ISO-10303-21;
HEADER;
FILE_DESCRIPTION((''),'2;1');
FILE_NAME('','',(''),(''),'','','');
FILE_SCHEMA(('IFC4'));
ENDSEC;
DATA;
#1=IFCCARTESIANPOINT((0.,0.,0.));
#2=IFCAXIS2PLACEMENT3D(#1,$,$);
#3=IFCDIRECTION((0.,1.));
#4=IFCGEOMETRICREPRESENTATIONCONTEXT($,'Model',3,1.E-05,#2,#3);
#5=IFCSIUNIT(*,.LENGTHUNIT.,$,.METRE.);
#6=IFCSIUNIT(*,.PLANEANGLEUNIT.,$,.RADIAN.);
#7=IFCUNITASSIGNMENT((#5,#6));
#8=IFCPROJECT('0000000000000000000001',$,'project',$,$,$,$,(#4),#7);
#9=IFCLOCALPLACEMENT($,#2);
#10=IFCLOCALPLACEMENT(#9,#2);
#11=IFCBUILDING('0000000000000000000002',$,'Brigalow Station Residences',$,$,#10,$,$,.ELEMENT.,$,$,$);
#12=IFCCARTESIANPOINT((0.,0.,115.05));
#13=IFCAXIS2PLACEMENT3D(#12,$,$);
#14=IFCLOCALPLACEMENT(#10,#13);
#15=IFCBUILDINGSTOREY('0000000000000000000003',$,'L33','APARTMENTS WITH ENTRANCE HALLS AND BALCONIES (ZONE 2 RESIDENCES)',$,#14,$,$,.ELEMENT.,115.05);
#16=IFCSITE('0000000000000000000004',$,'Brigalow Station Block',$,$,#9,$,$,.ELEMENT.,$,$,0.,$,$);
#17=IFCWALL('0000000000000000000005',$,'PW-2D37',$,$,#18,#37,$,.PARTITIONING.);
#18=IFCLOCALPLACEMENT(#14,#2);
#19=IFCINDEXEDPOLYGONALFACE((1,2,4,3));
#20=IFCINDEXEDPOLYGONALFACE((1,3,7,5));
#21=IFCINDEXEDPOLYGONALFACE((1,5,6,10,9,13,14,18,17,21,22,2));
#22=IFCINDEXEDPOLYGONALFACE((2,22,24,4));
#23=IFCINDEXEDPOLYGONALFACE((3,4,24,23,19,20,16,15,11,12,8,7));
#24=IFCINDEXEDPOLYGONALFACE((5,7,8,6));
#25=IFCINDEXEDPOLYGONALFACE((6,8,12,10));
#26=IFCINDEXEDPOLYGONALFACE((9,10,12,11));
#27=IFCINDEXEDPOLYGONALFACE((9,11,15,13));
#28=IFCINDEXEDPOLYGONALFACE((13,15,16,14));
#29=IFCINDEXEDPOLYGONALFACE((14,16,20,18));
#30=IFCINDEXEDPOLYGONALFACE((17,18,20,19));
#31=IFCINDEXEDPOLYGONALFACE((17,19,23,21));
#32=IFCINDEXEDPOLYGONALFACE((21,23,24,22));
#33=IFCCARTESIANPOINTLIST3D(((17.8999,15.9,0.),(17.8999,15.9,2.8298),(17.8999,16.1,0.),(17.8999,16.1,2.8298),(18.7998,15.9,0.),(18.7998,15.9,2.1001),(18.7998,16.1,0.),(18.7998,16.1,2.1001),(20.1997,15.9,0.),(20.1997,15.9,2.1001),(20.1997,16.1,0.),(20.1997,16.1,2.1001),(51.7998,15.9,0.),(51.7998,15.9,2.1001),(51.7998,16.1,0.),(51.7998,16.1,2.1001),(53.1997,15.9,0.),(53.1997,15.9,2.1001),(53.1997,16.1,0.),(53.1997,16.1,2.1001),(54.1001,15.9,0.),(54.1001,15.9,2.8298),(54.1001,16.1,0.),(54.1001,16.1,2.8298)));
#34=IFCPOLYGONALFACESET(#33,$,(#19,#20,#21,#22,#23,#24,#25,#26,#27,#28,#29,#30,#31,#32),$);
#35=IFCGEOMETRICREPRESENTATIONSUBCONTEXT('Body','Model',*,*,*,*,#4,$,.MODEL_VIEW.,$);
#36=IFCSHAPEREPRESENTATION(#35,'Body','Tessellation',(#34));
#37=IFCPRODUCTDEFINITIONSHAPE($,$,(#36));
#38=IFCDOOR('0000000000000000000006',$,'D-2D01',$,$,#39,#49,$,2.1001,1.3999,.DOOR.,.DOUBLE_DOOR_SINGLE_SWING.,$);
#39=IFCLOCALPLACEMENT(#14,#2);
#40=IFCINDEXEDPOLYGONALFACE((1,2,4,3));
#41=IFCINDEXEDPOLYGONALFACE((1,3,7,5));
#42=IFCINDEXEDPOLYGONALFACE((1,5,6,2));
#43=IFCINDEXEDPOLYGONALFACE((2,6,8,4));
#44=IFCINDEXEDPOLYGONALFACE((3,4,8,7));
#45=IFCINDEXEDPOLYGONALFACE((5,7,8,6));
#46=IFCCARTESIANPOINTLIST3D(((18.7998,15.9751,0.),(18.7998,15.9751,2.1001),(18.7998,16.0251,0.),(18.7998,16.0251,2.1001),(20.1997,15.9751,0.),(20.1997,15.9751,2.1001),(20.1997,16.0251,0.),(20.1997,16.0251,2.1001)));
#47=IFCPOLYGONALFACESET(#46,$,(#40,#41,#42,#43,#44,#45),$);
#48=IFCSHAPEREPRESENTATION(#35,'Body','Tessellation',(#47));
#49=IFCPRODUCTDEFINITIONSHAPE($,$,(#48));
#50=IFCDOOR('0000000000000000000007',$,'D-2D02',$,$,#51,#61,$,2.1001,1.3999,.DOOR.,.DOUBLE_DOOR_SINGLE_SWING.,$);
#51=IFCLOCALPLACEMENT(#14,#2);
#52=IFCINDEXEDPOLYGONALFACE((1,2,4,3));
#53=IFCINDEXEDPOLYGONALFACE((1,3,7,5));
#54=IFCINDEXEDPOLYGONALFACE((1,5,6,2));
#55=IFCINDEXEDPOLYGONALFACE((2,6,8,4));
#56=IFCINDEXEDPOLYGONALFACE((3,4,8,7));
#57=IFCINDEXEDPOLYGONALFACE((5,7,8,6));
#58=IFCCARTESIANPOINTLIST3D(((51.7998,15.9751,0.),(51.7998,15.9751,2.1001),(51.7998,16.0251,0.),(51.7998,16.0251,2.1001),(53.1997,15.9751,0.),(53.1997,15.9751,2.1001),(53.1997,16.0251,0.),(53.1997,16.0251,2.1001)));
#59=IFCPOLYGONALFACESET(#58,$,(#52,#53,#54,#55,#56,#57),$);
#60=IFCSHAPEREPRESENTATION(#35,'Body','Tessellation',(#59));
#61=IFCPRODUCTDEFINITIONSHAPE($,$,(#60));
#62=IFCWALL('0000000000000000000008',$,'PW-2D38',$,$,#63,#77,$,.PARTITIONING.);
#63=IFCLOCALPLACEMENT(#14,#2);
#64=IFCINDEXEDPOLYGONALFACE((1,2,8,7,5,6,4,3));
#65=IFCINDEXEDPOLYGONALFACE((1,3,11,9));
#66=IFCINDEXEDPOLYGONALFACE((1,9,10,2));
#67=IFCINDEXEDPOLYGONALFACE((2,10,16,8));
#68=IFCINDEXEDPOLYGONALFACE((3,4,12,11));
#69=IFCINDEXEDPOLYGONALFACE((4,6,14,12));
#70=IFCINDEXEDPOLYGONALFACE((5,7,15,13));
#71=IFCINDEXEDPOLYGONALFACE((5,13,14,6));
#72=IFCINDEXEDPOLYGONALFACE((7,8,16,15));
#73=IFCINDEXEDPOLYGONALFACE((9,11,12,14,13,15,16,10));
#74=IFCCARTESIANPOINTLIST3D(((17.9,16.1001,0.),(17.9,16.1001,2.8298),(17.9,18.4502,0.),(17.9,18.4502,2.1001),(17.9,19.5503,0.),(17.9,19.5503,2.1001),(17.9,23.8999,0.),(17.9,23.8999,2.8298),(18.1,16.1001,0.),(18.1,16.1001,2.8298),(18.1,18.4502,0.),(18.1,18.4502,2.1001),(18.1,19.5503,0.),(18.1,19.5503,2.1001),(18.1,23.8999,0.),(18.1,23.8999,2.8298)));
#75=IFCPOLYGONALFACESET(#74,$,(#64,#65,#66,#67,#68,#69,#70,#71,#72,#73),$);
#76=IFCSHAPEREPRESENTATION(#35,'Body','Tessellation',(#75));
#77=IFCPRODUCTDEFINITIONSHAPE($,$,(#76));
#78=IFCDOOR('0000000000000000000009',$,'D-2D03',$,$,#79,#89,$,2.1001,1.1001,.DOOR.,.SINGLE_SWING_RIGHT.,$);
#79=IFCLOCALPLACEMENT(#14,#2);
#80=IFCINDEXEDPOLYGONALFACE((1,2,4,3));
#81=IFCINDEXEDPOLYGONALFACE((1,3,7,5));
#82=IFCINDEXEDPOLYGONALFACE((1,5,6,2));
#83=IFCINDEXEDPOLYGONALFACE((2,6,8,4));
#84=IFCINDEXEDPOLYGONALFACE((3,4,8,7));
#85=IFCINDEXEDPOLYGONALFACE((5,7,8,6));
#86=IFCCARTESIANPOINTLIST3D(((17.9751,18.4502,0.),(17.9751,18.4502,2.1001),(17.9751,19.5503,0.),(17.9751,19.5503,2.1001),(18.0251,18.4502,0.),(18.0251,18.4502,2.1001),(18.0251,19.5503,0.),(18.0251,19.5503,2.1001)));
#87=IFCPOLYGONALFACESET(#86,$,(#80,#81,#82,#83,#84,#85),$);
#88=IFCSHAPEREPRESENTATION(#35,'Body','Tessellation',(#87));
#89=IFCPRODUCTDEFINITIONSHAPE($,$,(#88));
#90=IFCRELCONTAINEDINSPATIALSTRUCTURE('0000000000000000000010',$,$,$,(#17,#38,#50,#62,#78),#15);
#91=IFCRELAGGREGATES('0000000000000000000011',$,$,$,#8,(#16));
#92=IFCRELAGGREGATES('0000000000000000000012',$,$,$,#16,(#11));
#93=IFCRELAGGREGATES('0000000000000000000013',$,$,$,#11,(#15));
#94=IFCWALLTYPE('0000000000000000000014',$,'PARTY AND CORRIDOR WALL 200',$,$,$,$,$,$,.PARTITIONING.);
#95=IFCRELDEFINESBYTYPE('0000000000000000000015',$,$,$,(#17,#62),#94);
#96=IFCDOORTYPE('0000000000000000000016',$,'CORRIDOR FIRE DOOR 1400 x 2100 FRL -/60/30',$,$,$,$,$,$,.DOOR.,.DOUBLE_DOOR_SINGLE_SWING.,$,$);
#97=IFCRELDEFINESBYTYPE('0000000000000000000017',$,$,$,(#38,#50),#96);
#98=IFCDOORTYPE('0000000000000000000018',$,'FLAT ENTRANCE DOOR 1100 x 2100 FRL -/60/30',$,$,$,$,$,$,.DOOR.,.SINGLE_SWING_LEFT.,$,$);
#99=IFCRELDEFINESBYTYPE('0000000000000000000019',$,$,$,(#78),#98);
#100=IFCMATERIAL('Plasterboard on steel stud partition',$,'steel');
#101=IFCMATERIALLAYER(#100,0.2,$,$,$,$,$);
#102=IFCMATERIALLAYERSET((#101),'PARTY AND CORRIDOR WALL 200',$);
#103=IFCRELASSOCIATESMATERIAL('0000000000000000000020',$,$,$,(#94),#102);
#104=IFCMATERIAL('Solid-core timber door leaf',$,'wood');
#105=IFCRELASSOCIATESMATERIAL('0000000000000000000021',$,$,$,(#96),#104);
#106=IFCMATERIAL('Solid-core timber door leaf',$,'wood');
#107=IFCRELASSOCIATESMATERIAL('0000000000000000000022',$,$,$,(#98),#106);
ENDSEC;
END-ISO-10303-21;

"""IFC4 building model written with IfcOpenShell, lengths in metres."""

from ifc_helpers import new_model, si_unit, direction, frame, frame_2d, origin, place, context, subcontext, project, spatial, rectangle, extrude, material, layer, layer_set, type_object, element, fill, save


model = new_model("IFC4")

# Units and contexts
model_context = context("Model", 3, precision=1e-05, world=origin(), true_north=direction((0.0, 1.0)))
body_context = subcontext(model_context, "Body", "Model", "MODEL_VIEW")
ifc_project = project(units=[si_unit("LENGTHUNIT", "METRE"), si_unit("PLANEANGLEUNIT", "RADIAN")], contexts=[model_context])

# Site, building, storey
site_placement = place(None, origin())
site = spatial("IfcSite", under=ifc_project, at=site_placement, Name="Brigalow Station Block", CompositionType="ELEMENT", RefElevation=0.0)
building_placement = place(site_placement, origin())
building = spatial("IfcBuilding", under=site, at=building_placement, Name="Brigalow Station Residences", CompositionType="ELEMENT")
storey_placement = place(building_placement, frame((0.0, 0.0, 115.05)))
storey = spatial("IfcBuildingStorey", under=building, at=storey_placement, Name="L33", Description="APARTMENTS WITH ENTRANCE HALLS AND BALCONIES (ZONE 2 RESIDENCES)", CompositionType="ELEMENT", Elevation=115.05)

# Wall, openings, doors
ifc_material_1 = material(Name="Plasterboard on steel stud partition", Category="steel")
ifc_layer_1 = layer(ifc_material_1, 0.2)
ifc_layer_set_1 = layer_set([ifc_layer_1], Name="PARTY AND CORRIDOR WALL 200")
wall_type_1 = type_object("IfcWallType", Name="PARTY AND CORRIDOR WALL 200", PredefinedType="PARTITIONING", material=ifc_layer_set_1)
wall_1_placement = place(storey_placement, frame((17.8999, 16.0, 0.0), z_axis=(0.0, 0.0, 1.0), x_axis=(1.0, 0.0, 0.0)))
wall_1 = element("IfcWall", 1, at=wall_1_placement, inside=storey, type_object=wall_type_1, Name="PW-2D37", PredefinedType="PARTITIONING", context=body_context, shape_type="SweptSolid", body=[
    extrude(rectangle(XDim=36.2002, YDim=0.2, at=frame_2d((18.1001, 0.0))), origin(), (0.0, 0.0, 1.0), 2.8298),
])
opening_1_placement = place(wall_1_placement, frame((0.8999, 0.0, 0.0)))
opening_1 = element("IfcOpeningElement", 2, at=opening_1_placement, cuts=wall_1, PredefinedType="OPENING", context=body_context, shape_type="SweptSolid", body=[
    extrude(rectangle(XDim=1.3999, YDim=2.1001, at=frame_2d((0.7, 1.05))), frame((0.0, 0.1099, 0.0), z_axis=(0.0, -1.0, 0.0), x_axis=(1.0, 0.0, 0.0)), (0.0, 0.0, 1.0), 0.22),
])
opening_2_placement = place(wall_1_placement, frame((33.8999, 0.0, 0.0)))
opening_2 = element("IfcOpeningElement", 3, at=opening_2_placement, cuts=wall_1, PredefinedType="OPENING", context=body_context, shape_type="SweptSolid", body=[
    extrude(rectangle(XDim=1.3999, YDim=2.1001, at=frame_2d((0.7, 1.05))), frame((0.0, 0.1099, 0.0), z_axis=(0.0, -1.0, 0.0), x_axis=(1.0, 0.0, 0.0)), (0.0, 0.0, 1.0), 0.22),
])
ifc_material_2 = material(Name="Solid-core timber door leaf", Category="wood")
door_type_1 = type_object("IfcDoorType", Name="CORRIDOR FIRE DOOR 1400 x 2100 FRL -/60/30", OperationType="DOUBLE_DOOR_SINGLE_SWING", PredefinedType="DOOR", material=ifc_material_2)
door_1_placement = place(opening_1_placement, frame((1.3999, 0.0, 0.0), z_axis=(0.0, 0.0, 1.0), x_axis=(-1.0, 0.0, 0.0)))
door_1 = element("IfcDoor", 4, at=door_1_placement, inside=storey, type_object=door_type_1, Name="D-2D01", OperationType="DOUBLE_DOOR_SINGLE_SWING", OverallHeight=2.1001, OverallWidth=1.3999, PredefinedType="DOOR", context=body_context, shape_type="SweptSolid", body=[
    extrude(rectangle(XDim=1.3999, YDim=2.1001, at=frame_2d((0.7, 1.05))), frame((0.0, 0.0249, 0.0), z_axis=(0.0, -1.0, 0.0), x_axis=(1.0, 0.0, 0.0)), (0.0, 0.0, 1.0), 0.05),
])
fill(opening_1, door_1)
door_2_placement = place(opening_2_placement, frame((1.3999, 0.0, 0.0), z_axis=(0.0, 0.0, 1.0), x_axis=(-1.0, 0.0, 0.0)))
door_2 = element("IfcDoor", 5, at=door_2_placement, inside=storey, type_object=door_type_1, Name="D-2D02", OperationType="DOUBLE_DOOR_SINGLE_SWING", OverallHeight=2.1001, OverallWidth=1.3999, PredefinedType="DOOR", context=body_context, shape_type="SweptSolid", body=[
    extrude(rectangle(XDim=1.3999, YDim=2.1001, at=frame_2d((0.7, 1.05))), frame((0.0, 0.0249, 0.0), z_axis=(0.0, -1.0, 0.0), x_axis=(1.0, 0.0, 0.0)), (0.0, 0.0, 1.0), 0.05),
])
fill(opening_2, door_2)

# Wall, opening, door
wall_2_placement = place(storey_placement, frame((18.0, 16.1001, 0.0), z_axis=(0.0, 0.0, 1.0), x_axis=(0.0, 1.0, 0.0)))
wall_2 = element("IfcWall", 6, at=wall_2_placement, inside=storey, type_object=wall_type_1, Name="PW-2D38", PredefinedType="PARTITIONING", context=body_context, shape_type="SweptSolid", body=[
    extrude(rectangle(XDim=7.7998, YDim=0.2, at=frame_2d((3.8999, 0.0))), origin(), (0.0, 0.0, 1.0), 2.8298),
])
opening_3_placement = place(wall_2_placement, frame((2.3501, 0.0, 0.0)))
opening_3 = element("IfcOpeningElement", 7, at=opening_3_placement, cuts=wall_2, PredefinedType="OPENING", context=body_context, shape_type="SweptSolid", body=[
    extrude(rectangle(XDim=1.1001, YDim=2.1001, at=frame_2d((0.55, 1.05))), frame((0.0, 0.1099, 0.0), z_axis=(0.0, -1.0, 0.0), x_axis=(1.0, 0.0, 0.0)), (0.0, 0.0, 1.0), 0.22),
])
ifc_material_3 = material(Name="Solid-core timber door leaf", Category="wood")
door_type_2 = type_object("IfcDoorType", Name="FLAT ENTRANCE DOOR 1100 x 2100 FRL -/60/30", OperationType="SINGLE_SWING_LEFT", PredefinedType="DOOR", material=ifc_material_3)
door_3_placement = place(opening_3_placement, origin())
door_3 = element("IfcDoor", 8, at=door_3_placement, inside=storey, type_object=door_type_2, Name="D-2D03", OperationType="SINGLE_SWING_RIGHT", OverallHeight=2.1001, OverallWidth=1.1001, PredefinedType="DOOR", context=body_context, shape_type="SweptSolid", body=[
    extrude(rectangle(XDim=1.1001, YDim=2.1001, at=frame_2d((0.55, 1.05))), frame((0.0, 0.0249, 0.0), z_axis=(0.0, -1.0, 0.0), x_axis=(1.0, 0.0, 0.0)), (0.0, 0.0, 1.0), 0.05),
])
fill(opening_3, door_3)

save(model, "model.ifc")
